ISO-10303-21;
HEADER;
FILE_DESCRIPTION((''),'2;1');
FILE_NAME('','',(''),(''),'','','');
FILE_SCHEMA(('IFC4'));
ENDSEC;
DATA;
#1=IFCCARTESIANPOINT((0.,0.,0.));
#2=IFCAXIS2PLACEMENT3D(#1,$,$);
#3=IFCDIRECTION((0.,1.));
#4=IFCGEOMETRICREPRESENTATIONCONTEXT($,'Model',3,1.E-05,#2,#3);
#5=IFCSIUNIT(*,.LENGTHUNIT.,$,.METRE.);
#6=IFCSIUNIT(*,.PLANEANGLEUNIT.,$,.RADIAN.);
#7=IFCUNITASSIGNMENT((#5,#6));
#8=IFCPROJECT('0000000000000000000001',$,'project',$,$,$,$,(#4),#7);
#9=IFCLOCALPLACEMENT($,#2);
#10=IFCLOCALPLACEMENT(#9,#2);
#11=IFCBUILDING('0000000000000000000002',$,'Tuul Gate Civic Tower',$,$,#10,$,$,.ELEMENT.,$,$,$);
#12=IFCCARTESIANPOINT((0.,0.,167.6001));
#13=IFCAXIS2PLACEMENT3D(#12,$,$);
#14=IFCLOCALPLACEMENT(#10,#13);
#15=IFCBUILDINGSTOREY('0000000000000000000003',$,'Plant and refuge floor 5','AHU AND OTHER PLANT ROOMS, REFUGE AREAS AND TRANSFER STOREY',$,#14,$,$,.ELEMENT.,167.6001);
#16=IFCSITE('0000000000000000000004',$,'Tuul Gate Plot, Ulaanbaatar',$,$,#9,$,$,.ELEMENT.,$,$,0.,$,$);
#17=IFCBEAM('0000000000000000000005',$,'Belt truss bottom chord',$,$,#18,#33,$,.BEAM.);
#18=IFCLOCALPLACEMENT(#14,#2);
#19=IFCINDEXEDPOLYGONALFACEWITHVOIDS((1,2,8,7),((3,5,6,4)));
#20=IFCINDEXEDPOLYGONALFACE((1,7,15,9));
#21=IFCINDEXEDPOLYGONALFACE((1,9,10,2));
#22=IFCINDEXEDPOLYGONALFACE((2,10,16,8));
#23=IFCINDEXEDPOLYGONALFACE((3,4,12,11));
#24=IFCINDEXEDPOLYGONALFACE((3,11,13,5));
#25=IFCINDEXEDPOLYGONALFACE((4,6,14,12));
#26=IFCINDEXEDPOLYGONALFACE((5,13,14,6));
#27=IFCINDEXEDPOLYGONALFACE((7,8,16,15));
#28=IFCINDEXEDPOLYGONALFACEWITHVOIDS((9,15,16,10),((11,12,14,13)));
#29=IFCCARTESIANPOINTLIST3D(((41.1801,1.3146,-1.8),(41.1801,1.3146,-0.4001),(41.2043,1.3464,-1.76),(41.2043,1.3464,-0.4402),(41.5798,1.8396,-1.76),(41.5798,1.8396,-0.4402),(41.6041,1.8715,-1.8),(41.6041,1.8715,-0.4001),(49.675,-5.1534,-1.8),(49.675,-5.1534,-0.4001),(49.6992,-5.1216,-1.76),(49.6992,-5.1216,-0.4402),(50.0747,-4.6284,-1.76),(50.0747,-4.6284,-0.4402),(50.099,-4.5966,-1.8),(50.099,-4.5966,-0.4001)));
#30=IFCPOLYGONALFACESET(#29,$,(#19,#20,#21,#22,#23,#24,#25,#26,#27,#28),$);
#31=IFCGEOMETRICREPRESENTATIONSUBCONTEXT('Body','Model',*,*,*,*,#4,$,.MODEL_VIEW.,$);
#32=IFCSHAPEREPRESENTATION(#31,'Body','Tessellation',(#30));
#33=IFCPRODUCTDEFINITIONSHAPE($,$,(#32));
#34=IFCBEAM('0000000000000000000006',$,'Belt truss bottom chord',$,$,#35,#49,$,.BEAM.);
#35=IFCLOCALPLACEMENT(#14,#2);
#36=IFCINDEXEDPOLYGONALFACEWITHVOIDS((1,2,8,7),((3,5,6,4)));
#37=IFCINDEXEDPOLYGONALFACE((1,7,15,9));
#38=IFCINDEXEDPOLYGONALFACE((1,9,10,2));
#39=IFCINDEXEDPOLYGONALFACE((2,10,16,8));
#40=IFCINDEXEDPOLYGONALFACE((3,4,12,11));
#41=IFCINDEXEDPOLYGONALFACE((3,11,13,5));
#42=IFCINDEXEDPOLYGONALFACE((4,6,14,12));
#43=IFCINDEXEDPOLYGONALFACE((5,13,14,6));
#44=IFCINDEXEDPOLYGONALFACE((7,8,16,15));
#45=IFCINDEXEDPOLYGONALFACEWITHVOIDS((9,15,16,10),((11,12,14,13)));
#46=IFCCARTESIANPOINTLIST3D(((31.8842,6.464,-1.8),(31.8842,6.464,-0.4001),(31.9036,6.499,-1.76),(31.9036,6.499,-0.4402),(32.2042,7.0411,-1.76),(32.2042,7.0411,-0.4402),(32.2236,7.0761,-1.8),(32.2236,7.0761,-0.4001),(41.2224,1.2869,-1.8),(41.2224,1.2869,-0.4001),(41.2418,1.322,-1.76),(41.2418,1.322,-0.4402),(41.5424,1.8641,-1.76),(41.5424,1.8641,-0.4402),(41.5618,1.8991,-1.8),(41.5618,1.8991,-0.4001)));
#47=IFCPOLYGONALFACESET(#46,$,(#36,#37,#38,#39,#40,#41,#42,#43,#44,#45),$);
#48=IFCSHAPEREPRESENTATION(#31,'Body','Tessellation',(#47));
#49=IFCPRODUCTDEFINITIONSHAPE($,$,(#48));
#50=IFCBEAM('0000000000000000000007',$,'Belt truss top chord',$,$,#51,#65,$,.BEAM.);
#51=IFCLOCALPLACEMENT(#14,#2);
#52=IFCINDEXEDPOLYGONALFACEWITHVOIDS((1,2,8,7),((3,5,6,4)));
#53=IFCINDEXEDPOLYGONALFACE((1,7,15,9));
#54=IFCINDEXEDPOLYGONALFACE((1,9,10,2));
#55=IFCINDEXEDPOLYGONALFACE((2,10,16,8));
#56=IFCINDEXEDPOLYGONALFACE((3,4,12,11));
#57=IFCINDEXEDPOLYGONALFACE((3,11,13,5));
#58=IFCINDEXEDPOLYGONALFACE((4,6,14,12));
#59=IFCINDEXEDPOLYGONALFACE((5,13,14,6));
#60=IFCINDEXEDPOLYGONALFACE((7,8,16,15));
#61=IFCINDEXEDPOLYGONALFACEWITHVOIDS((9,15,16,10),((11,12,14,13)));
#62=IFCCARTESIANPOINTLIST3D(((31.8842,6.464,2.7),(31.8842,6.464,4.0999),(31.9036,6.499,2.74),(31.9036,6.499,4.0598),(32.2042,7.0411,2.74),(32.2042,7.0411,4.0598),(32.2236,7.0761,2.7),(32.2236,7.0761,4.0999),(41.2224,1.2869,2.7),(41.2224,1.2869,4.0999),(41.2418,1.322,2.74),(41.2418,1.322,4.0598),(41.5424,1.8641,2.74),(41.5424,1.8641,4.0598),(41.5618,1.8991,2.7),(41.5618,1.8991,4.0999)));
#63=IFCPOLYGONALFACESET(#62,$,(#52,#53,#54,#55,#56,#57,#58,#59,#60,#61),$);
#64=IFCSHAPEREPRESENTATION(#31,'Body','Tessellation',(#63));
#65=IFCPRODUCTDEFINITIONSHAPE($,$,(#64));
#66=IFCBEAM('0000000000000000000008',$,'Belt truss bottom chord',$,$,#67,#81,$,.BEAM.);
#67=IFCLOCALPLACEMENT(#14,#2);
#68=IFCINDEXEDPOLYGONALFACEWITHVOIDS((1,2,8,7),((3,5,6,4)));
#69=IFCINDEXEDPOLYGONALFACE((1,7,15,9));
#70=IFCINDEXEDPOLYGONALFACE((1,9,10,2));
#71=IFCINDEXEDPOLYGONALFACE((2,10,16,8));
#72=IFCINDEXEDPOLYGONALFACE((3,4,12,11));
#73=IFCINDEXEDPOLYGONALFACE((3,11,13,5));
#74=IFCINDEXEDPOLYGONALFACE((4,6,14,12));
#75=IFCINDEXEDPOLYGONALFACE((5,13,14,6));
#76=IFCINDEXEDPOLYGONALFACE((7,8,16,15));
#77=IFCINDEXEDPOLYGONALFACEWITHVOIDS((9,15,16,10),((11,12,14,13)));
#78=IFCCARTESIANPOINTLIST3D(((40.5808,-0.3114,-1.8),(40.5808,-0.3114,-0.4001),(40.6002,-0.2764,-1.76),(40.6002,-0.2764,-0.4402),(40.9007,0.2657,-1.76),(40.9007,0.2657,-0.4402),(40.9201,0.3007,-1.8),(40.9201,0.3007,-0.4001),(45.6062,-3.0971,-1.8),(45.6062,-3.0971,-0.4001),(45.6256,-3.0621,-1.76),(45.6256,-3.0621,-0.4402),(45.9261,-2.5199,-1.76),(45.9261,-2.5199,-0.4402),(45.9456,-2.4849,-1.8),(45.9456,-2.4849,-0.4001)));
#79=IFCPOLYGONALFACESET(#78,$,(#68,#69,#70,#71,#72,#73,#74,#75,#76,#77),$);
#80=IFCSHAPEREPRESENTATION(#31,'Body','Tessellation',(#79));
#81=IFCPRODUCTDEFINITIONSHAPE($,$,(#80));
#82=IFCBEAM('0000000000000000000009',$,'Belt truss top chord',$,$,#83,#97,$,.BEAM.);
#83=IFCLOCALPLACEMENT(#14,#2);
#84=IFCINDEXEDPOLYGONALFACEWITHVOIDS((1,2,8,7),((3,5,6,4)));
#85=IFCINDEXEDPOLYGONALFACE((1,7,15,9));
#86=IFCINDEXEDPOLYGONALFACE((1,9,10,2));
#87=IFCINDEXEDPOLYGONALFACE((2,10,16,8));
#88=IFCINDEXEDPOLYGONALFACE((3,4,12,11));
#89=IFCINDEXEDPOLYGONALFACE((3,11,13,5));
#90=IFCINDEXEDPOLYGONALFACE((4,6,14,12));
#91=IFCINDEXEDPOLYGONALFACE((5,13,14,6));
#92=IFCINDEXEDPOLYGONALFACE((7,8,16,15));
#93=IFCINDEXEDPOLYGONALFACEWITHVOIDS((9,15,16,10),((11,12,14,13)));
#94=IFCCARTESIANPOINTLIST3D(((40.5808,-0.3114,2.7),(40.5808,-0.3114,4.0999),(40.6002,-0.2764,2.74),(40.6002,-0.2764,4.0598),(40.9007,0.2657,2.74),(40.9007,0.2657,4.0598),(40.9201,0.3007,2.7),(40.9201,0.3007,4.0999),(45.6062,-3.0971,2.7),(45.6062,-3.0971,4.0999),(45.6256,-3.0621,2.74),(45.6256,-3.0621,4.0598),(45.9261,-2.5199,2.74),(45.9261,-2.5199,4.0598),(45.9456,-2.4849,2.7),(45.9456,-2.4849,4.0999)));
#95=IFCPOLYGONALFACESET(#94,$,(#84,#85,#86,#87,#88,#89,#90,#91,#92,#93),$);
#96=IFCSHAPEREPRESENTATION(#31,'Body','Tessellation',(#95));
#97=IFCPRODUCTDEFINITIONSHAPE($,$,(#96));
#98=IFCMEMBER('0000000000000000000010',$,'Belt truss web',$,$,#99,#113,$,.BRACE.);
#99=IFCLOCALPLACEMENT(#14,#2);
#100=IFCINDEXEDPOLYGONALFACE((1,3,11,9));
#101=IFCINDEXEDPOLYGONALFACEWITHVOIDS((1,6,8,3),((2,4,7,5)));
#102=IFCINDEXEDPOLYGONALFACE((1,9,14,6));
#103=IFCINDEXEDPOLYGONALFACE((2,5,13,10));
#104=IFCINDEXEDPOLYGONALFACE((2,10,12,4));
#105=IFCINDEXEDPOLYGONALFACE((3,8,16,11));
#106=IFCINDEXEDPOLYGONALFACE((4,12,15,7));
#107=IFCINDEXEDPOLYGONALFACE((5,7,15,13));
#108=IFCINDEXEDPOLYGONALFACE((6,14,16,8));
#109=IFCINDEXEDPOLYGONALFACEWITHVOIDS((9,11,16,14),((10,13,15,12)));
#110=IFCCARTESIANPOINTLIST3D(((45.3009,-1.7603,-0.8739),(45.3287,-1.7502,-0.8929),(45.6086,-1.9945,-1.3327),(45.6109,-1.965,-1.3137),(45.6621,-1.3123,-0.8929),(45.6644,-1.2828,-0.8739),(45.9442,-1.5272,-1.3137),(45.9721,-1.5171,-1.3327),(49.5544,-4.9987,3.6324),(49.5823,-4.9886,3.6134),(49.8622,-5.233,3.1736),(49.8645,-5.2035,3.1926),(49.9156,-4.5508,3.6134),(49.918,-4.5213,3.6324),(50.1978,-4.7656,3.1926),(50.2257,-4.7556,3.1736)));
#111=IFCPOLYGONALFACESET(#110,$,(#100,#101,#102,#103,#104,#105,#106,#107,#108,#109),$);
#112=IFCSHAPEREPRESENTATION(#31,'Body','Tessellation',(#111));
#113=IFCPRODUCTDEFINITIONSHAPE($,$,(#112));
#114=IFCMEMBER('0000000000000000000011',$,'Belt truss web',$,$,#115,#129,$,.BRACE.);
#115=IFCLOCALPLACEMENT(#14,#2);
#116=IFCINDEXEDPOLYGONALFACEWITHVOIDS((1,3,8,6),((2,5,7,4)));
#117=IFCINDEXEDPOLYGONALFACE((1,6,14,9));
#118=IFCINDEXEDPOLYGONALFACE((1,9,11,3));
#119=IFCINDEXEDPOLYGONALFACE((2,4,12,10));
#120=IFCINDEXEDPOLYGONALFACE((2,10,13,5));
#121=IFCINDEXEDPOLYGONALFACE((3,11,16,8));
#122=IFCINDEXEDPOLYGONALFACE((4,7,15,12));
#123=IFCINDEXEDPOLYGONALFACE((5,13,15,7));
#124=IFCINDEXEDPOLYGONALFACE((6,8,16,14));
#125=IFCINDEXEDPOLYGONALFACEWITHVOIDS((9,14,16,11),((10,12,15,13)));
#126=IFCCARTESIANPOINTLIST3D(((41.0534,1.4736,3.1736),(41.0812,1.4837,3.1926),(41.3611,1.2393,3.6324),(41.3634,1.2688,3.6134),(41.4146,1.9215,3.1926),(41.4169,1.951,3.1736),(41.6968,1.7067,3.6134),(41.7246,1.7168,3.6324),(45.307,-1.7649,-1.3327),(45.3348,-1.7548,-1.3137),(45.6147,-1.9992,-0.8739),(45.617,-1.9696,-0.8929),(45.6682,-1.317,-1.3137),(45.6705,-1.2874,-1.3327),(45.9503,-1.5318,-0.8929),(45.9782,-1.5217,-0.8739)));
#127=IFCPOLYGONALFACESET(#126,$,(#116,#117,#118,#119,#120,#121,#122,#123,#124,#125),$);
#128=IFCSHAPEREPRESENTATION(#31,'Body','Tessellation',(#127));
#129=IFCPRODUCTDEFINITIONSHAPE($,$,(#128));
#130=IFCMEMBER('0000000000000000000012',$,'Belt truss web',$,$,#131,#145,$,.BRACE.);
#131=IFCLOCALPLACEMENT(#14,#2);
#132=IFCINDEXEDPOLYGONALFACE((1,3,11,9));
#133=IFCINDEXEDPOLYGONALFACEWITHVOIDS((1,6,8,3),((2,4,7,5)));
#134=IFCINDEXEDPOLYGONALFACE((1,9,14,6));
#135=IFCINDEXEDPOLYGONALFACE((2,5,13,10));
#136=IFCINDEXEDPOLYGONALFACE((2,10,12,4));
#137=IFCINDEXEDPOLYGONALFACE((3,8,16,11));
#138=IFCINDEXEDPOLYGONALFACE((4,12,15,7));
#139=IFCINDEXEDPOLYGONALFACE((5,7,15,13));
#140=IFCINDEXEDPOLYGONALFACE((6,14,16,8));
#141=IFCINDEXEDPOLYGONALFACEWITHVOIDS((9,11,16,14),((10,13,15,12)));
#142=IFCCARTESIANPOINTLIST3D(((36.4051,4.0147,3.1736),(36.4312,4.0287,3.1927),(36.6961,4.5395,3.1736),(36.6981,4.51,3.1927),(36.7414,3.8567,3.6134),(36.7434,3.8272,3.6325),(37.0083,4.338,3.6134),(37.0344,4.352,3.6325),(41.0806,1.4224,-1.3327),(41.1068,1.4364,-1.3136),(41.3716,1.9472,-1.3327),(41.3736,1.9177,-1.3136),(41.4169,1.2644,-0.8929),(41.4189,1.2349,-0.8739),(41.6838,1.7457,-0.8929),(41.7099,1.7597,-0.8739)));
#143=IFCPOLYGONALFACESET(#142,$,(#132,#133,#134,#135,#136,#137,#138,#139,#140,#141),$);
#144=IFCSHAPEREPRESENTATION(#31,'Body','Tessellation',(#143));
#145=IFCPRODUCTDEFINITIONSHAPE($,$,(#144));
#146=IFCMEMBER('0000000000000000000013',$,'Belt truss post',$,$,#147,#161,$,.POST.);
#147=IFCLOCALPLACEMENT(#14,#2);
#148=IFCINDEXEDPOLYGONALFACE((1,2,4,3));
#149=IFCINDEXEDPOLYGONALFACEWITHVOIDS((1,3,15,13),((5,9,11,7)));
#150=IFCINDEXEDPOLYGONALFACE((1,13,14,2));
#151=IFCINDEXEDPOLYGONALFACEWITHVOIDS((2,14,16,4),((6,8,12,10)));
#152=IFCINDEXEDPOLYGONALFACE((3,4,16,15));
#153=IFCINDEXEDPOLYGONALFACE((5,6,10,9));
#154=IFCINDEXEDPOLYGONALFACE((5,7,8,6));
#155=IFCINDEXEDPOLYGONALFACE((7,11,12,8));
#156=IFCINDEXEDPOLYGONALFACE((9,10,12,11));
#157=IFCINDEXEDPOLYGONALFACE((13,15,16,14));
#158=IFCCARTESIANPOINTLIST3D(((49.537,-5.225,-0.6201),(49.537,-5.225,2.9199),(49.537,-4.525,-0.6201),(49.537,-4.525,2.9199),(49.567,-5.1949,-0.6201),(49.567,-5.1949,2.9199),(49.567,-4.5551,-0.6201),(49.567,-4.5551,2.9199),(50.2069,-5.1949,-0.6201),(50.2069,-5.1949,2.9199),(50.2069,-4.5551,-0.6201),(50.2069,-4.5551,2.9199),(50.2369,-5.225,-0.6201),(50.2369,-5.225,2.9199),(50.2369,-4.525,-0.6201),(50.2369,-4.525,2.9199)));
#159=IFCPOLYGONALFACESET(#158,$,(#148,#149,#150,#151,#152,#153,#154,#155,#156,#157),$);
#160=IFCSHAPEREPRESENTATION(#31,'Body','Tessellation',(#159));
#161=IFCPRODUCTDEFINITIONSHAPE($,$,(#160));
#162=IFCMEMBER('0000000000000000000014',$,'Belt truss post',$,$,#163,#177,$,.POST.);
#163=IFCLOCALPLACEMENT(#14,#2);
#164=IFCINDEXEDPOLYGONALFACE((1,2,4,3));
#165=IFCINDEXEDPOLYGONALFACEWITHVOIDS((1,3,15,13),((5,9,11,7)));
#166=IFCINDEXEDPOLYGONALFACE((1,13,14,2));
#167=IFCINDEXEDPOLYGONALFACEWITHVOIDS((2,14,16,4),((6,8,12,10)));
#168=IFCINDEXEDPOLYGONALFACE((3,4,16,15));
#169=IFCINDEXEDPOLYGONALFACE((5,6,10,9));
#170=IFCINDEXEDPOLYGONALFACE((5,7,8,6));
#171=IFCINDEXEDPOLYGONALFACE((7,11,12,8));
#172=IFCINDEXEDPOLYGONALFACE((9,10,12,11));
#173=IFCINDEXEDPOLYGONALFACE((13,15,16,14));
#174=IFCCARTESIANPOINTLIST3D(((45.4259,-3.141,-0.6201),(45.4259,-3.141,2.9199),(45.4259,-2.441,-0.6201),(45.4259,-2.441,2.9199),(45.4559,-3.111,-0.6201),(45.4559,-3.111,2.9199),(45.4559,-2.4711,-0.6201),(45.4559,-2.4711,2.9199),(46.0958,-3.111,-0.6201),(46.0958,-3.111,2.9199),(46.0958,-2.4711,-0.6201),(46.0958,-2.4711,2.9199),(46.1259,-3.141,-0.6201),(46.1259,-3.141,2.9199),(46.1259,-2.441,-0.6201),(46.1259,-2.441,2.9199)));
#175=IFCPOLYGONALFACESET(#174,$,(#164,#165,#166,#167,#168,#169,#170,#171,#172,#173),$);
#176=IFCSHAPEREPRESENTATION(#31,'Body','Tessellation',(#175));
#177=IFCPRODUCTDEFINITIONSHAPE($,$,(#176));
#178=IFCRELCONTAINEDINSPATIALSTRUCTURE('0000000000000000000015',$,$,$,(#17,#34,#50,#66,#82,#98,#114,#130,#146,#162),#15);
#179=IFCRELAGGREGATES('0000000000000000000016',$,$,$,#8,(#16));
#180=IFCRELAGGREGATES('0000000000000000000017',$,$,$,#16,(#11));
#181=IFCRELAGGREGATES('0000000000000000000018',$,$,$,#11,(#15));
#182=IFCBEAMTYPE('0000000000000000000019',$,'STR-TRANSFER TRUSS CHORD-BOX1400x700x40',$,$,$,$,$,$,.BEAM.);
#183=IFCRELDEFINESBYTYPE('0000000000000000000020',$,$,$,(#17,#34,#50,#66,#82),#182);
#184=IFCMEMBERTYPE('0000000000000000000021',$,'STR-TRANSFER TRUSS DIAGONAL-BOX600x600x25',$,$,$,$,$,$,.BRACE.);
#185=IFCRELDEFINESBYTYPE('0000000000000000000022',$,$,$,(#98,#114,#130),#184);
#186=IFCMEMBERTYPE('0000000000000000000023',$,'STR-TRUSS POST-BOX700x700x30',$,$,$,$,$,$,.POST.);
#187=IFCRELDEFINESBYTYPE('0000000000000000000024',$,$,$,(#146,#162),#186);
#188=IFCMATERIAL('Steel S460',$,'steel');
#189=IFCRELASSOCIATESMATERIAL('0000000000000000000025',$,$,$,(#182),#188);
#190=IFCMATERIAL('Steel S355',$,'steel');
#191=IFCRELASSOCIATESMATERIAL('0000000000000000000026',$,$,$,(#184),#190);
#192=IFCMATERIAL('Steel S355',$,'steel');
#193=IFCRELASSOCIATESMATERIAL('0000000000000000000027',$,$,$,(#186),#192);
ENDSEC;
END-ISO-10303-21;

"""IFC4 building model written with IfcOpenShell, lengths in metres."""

from ifc_helpers import new_model, si_unit, direction, frame, origin, origin_2d, place, context, subcontext, project, spatial, hollow_rectangle, extrude, material, material_profile, profile_set, type_object, element, save


model = new_model("IFC4")

# Units and contexts
model_context = context("Model", 3, precision=1e-05, world=origin(), true_north=direction((0.0, 1.0)))
body_context = subcontext(model_context, "Body", "Model", "MODEL_VIEW")
ifc_project = project(units=[si_unit("LENGTHUNIT", "METRE"), si_unit("PLANEANGLEUNIT", "RADIAN")], contexts=[model_context])

# Site, building, storey
site_placement = place(None, origin())
site = spatial("IfcSite", under=ifc_project, at=site_placement, Name="Tuul Gate Plot, Ulaanbaatar", CompositionType="ELEMENT", RefElevation=0.0)
building_placement = place(site_placement, origin())
building = spatial("IfcBuilding", under=site, at=building_placement, Name="Tuul Gate Civic Tower", CompositionType="ELEMENT")
storey_placement = place(building_placement, frame((0.0, 0.0, 167.6001)))
storey = spatial("IfcBuildingStorey", under=building, at=storey_placement, Name="Plant and refuge floor 5", Description="AHU AND OTHER PLANT ROOMS, REFUGE AREAS AND TRANSFER STOREY", CompositionType="ELEMENT", Elevation=167.6001)

# Beams
ifc_material_1 = material(Name="Steel S460", Category="steel")
ifc_material_profile_1 = material_profile(ifc_material_1, hollow_rectangle(XDim=0.7, YDim=1.3999, WallThickness=0.04, at=origin_2d()), Name="BOX1400x700x40")
ifc_profile_set_1 = profile_set([ifc_material_profile_1], Name="Steel S460")
beam_type = type_object("IfcBeamType", Name="STR-TRANSFER TRUSS CHORD-BOX1400x700x40", PredefinedType="BEAM", material=ifc_profile_set_1)
beam_placement = place(storey_placement, frame((49.887, -4.875, -1.1001), z_axis=(-0.795624, 0.60579, 0.0), x_axis=(-0.60579, -0.795624, 0.0)))
element("IfcBeam", 1, at=beam_placement, inside=storey, type_object=beam_type, Name="Belt truss bottom chord", PredefinedType="BEAM", context=body_context, shape_type="SweptSolid", body=[
    extrude(hollow_rectangle(XDim=0.7, YDim=1.3999, WallThickness=0.04, at=origin_2d()), origin(), (0.0, 0.0, 1.0), 10.677),
])
for number, where, z_axis, x_axis, name in (
    (2, (41.3921, 1.593, -1.1001), (-0.874588, 0.484866, 0.0), (-0.484866, -0.874588, 0.0), "Belt truss bottom chord"),
    (3, (41.3921, 1.593, 3.3999), (-0.874588, 0.484866, 0.0), (-0.484866, -0.874588, 0.0), "Belt truss top chord"),
):
    element("IfcBeam", number, at=place(storey_placement, frame(where, z_axis=z_axis, x_axis=x_axis)), inside=storey, type_object=beam_type, Name=name, PredefinedType="BEAM", context=body_context, shape_type="SweptSolid", body=[
        extrude(hollow_rectangle(XDim=0.7, YDim=1.3999, WallThickness=0.04, at=origin_2d()), origin(), (0.0, 0.0, 1.0), 10.6772),
    ])
for number, where, z_axis, x_axis, name in (
    (4, (45.7759, -2.791, -1.1001), (-0.874618, 0.484813, 0.0), (-0.484813, -0.874618, 0.0), "Belt truss bottom chord"),
    (5, (45.7759, -2.791, 3.3999), (-0.874618, 0.484813, 0.0), (-0.484813, -0.874618, 0.0), "Belt truss top chord"),
):
    element("IfcBeam", number, at=place(storey_placement, frame(where, z_axis=z_axis, x_axis=x_axis)), inside=storey, type_object=beam_type, Name=name, PredefinedType="BEAM", context=body_context, shape_type="SweptSolid", body=[
        extrude(hollow_rectangle(XDim=0.7, YDim=1.3999, WallThickness=0.04, at=origin_2d()), origin(), (0.0, 0.0, 1.0), 5.7458),
    ])

# Members
ifc_material_2 = material(Name="Steel S355", Category="steel")
ifc_material_profile_2 = material_profile(ifc_material_2, hollow_rectangle(XDim=0.6001, YDim=0.6001, WallThickness=0.0249, at=origin_2d()), Name="BOX600x600x25")
ifc_profile_set_2 = profile_set([ifc_material_profile_2], Name="Steel S355")
member_type_1 = type_object("IfcMemberType", Name="STR-TRANSFER TRUSS DIAGONAL-BOX600x600x25", PredefinedType="BRACE", material=ifc_profile_set_2)
for number, where, z_axis, x_axis, name in (
    (6, (45.6365, -1.6387, -1.1033), (0.608356, -0.463172, 0.644495), (0.605764, 0.795644, 0.0), "Belt truss web"),
    (7, (45.6426, -1.6433, -1.1033), (-0.608356, 0.463172, 0.644495), (-0.605764, -0.795644, 0.0), "Belt truss web"),
    (8, (41.3953, 1.5911, -1.1033), (-0.6687, 0.370751, 0.644503), (-0.484894, -0.874573, 0.0), "Belt truss web"),
):
    element("IfcMember", number, at=place(storey_placement, frame(where, z_axis=z_axis, x_axis=x_axis)), inside=storey, type_object=member_type_1, Name=name, PredefinedType="BRACE", context=body_context, shape_type="SweptSolid", body=[
        extrude(hollow_rectangle(XDim=0.6001, YDim=0.6001, WallThickness=0.0249, at=origin_2d()), origin(), (0.0, 0.0, 1.0), 6.9919),
    ])
ifc_material_3 = material(Name="Steel S355", Category="steel")
ifc_material_profile_3 = material_profile(ifc_material_3, hollow_rectangle(XDim=0.7, YDim=0.7, WallThickness=0.03, at=origin_2d()), Name="BOX700x700x30")
ifc_profile_set_3 = profile_set([ifc_material_profile_3], Name="Steel S355")
member_type_2 = type_object("IfcMemberType", Name="STR-TRUSS POST-BOX700x700x30", PredefinedType="POST", material=ifc_profile_set_3)
for number, where, z_axis, x_axis, name in (
    (9, (49.887, -4.875, -0.6201), (0.0, 0.0, 1.0), (1.0, 0.0, 0.0), "Belt truss post"),
    (10, (45.7759, -2.791, -0.6201), (0.0, 0.0, 1.0), (1.0, 0.0, 0.0), "Belt truss post"),
):
    element("IfcMember", number, at=place(storey_placement, frame(where, z_axis=z_axis, x_axis=x_axis)), inside=storey, type_object=member_type_2, Name=name, PredefinedType="POST", context=body_context, shape_type="SweptSolid", body=[
        extrude(hollow_rectangle(XDim=0.7, YDim=0.7, WallThickness=0.03, at=origin_2d()), origin(), (0.0, 0.0, 1.0), 3.54),
    ])

save(model, "model.ifc")
